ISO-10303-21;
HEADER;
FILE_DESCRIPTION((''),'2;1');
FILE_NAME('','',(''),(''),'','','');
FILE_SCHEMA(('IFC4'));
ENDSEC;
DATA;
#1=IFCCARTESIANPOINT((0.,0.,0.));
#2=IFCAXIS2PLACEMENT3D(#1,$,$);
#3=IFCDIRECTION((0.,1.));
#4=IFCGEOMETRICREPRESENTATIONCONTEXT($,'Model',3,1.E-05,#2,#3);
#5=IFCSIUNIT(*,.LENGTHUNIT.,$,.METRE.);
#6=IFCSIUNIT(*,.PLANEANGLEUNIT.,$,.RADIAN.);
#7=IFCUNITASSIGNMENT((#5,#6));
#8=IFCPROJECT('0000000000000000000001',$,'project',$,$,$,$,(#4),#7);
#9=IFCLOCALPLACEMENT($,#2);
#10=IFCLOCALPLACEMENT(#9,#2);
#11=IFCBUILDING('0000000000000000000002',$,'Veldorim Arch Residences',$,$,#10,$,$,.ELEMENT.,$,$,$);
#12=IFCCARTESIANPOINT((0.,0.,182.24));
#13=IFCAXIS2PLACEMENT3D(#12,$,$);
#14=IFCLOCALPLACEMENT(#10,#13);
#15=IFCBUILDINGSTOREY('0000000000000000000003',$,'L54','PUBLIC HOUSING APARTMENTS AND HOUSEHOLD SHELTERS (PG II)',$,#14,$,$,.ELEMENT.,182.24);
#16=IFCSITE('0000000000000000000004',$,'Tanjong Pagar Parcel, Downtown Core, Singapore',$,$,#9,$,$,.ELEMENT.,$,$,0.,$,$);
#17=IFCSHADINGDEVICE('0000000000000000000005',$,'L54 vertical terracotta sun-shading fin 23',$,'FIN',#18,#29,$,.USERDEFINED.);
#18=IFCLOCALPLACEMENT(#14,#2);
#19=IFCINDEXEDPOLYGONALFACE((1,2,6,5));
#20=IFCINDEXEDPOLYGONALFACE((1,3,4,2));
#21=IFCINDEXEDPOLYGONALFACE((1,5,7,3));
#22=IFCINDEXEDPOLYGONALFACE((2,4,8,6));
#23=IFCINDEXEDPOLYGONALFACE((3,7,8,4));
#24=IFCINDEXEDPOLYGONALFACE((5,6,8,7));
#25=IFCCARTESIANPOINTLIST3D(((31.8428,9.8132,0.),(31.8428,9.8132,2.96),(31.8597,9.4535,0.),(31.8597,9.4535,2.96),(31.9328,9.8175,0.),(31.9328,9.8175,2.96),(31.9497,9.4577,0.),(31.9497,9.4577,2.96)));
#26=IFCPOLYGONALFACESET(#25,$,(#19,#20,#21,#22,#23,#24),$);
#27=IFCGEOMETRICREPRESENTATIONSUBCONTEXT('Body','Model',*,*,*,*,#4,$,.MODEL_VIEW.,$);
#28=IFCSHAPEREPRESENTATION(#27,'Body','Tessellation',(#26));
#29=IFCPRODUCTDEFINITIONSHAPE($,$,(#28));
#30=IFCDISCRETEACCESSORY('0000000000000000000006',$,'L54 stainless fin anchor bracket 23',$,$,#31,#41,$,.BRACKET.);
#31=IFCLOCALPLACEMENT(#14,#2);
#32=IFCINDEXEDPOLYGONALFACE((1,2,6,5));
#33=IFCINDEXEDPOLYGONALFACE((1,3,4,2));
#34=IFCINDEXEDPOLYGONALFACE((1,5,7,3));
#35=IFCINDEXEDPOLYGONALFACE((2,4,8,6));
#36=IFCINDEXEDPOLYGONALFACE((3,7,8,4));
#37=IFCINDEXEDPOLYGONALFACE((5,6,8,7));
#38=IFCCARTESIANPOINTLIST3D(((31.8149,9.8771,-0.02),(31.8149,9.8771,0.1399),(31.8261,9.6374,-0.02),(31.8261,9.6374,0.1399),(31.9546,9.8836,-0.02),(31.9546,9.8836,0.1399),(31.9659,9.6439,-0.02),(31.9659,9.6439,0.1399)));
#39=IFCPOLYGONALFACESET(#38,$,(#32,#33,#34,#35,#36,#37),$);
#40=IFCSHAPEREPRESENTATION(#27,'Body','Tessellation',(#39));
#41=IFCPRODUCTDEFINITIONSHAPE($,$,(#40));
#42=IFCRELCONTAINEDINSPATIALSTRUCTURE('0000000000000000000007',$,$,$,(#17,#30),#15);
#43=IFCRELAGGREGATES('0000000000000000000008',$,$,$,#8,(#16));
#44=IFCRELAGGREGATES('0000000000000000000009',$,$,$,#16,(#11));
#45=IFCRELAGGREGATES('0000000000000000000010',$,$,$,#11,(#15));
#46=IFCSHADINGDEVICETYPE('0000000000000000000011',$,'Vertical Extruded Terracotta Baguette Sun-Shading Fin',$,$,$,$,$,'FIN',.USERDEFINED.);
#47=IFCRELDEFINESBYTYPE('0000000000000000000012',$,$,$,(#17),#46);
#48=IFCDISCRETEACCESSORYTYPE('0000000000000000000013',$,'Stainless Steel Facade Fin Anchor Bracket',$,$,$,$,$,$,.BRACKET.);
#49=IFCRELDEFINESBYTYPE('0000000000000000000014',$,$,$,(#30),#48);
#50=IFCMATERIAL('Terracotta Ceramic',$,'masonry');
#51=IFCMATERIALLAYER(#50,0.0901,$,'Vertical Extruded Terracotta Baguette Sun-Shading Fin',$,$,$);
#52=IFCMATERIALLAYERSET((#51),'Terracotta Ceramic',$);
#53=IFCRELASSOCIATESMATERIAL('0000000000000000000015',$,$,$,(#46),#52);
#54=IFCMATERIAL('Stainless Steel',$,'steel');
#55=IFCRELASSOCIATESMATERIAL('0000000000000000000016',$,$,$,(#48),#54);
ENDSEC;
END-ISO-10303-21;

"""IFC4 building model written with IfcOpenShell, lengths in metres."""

from ifc_helpers import new_model, si_unit, direction, frame, origin, origin_2d, place, context, subcontext, project, spatial, rectangle, extrude, material, layer, layer_set, type_object, element, save


model = new_model("IFC4")

# Units and contexts
model_context = context("Model", 3, precision=1e-05, world=origin(), true_north=direction((0.0, 1.0)))
body_context = subcontext(model_context, "Body", "Model", "MODEL_VIEW")
ifc_project = project(units=[si_unit("LENGTHUNIT", "METRE"), si_unit("PLANEANGLEUNIT", "RADIAN")], contexts=[model_context])

# Site, building, storey
site_placement = place(None, origin())
site = spatial("IfcSite", under=ifc_project, at=site_placement, Name="Tanjong Pagar Parcel, Downtown Core, Singapore", CompositionType="ELEMENT", RefElevation=0.0)
building_placement = place(site_placement, origin())
building = spatial("IfcBuilding", under=site, at=building_placement, Name="Veldorim Arch Residences", CompositionType="ELEMENT")
storey_placement = place(building_placement, frame((0.0, 0.0, 182.24)))
storey = spatial("IfcBuildingStorey", under=building, at=storey_placement, Name="L54", Description="PUBLIC HOUSING APARTMENTS AND HOUSEHOLD SHELTERS (PG II)", CompositionType="ELEMENT", Elevation=182.24)

# Shading device
ifc_material_1 = material(Name="Terracotta Ceramic", Category="masonry")
ifc_layer_1 = layer(ifc_material_1, 0.0901, Name="Vertical Extruded Terracotta Baguette Sun-Shading Fin")
ifc_layer_set_1 = layer_set([ifc_layer_1], Name="Terracotta Ceramic")
shading_device_type = type_object("IfcShadingDeviceType", Name="Vertical Extruded Terracotta Baguette Sun-Shading Fin", ElementType="FIN", PredefinedType="USERDEFINED", material=ifc_layer_set_1)
shading_device_placement = place(storey_placement, frame((31.8962, 9.6355, 0.0), z_axis=(0.0, 0.0, 1.0), x_axis=(-0.998906, -0.046758, 0.0)))
element("IfcShadingDevice", 1, at=shading_device_placement, inside=storey, type_object=shading_device_type, Name="L54 vertical terracotta sun-shading fin 23", ObjectType="FIN", PredefinedType="USERDEFINED", context=body_context, shape_type="SweptSolid", body=[
    extrude(rectangle(XDim=0.0901, YDim=0.3601, at=origin_2d()), origin(), (0.0, 0.0, 1.0), 2.96),
])

# Discrete accessory
ifc_material_2 = material(Name="Stainless Steel", Category="steel")
discrete_accessory_type = type_object("IfcDiscreteAccessoryType", Name="Stainless Steel Facade Fin Anchor Bracket", PredefinedType="BRACKET", material=ifc_material_2)
discrete_accessory_placement = place(storey_placement, frame((31.8904, 9.7605, -0.02), z_axis=(0.0, 0.0, 1.0), x_axis=(-0.998906, -0.046758, 0.0)))
element("IfcDiscreteAccessory", 2, at=discrete_accessory_placement, inside=storey, type_object=discrete_accessory_type, Name="L54 stainless fin anchor bracket 23", PredefinedType="BRACKET", context=body_context, shape_type="SweptSolid", body=[
    extrude(rectangle(XDim=0.1399, YDim=0.24, at=origin_2d()), origin(), (0.0, 0.0, 1.0), 0.1599),
])

save(model, "model.ifc")
